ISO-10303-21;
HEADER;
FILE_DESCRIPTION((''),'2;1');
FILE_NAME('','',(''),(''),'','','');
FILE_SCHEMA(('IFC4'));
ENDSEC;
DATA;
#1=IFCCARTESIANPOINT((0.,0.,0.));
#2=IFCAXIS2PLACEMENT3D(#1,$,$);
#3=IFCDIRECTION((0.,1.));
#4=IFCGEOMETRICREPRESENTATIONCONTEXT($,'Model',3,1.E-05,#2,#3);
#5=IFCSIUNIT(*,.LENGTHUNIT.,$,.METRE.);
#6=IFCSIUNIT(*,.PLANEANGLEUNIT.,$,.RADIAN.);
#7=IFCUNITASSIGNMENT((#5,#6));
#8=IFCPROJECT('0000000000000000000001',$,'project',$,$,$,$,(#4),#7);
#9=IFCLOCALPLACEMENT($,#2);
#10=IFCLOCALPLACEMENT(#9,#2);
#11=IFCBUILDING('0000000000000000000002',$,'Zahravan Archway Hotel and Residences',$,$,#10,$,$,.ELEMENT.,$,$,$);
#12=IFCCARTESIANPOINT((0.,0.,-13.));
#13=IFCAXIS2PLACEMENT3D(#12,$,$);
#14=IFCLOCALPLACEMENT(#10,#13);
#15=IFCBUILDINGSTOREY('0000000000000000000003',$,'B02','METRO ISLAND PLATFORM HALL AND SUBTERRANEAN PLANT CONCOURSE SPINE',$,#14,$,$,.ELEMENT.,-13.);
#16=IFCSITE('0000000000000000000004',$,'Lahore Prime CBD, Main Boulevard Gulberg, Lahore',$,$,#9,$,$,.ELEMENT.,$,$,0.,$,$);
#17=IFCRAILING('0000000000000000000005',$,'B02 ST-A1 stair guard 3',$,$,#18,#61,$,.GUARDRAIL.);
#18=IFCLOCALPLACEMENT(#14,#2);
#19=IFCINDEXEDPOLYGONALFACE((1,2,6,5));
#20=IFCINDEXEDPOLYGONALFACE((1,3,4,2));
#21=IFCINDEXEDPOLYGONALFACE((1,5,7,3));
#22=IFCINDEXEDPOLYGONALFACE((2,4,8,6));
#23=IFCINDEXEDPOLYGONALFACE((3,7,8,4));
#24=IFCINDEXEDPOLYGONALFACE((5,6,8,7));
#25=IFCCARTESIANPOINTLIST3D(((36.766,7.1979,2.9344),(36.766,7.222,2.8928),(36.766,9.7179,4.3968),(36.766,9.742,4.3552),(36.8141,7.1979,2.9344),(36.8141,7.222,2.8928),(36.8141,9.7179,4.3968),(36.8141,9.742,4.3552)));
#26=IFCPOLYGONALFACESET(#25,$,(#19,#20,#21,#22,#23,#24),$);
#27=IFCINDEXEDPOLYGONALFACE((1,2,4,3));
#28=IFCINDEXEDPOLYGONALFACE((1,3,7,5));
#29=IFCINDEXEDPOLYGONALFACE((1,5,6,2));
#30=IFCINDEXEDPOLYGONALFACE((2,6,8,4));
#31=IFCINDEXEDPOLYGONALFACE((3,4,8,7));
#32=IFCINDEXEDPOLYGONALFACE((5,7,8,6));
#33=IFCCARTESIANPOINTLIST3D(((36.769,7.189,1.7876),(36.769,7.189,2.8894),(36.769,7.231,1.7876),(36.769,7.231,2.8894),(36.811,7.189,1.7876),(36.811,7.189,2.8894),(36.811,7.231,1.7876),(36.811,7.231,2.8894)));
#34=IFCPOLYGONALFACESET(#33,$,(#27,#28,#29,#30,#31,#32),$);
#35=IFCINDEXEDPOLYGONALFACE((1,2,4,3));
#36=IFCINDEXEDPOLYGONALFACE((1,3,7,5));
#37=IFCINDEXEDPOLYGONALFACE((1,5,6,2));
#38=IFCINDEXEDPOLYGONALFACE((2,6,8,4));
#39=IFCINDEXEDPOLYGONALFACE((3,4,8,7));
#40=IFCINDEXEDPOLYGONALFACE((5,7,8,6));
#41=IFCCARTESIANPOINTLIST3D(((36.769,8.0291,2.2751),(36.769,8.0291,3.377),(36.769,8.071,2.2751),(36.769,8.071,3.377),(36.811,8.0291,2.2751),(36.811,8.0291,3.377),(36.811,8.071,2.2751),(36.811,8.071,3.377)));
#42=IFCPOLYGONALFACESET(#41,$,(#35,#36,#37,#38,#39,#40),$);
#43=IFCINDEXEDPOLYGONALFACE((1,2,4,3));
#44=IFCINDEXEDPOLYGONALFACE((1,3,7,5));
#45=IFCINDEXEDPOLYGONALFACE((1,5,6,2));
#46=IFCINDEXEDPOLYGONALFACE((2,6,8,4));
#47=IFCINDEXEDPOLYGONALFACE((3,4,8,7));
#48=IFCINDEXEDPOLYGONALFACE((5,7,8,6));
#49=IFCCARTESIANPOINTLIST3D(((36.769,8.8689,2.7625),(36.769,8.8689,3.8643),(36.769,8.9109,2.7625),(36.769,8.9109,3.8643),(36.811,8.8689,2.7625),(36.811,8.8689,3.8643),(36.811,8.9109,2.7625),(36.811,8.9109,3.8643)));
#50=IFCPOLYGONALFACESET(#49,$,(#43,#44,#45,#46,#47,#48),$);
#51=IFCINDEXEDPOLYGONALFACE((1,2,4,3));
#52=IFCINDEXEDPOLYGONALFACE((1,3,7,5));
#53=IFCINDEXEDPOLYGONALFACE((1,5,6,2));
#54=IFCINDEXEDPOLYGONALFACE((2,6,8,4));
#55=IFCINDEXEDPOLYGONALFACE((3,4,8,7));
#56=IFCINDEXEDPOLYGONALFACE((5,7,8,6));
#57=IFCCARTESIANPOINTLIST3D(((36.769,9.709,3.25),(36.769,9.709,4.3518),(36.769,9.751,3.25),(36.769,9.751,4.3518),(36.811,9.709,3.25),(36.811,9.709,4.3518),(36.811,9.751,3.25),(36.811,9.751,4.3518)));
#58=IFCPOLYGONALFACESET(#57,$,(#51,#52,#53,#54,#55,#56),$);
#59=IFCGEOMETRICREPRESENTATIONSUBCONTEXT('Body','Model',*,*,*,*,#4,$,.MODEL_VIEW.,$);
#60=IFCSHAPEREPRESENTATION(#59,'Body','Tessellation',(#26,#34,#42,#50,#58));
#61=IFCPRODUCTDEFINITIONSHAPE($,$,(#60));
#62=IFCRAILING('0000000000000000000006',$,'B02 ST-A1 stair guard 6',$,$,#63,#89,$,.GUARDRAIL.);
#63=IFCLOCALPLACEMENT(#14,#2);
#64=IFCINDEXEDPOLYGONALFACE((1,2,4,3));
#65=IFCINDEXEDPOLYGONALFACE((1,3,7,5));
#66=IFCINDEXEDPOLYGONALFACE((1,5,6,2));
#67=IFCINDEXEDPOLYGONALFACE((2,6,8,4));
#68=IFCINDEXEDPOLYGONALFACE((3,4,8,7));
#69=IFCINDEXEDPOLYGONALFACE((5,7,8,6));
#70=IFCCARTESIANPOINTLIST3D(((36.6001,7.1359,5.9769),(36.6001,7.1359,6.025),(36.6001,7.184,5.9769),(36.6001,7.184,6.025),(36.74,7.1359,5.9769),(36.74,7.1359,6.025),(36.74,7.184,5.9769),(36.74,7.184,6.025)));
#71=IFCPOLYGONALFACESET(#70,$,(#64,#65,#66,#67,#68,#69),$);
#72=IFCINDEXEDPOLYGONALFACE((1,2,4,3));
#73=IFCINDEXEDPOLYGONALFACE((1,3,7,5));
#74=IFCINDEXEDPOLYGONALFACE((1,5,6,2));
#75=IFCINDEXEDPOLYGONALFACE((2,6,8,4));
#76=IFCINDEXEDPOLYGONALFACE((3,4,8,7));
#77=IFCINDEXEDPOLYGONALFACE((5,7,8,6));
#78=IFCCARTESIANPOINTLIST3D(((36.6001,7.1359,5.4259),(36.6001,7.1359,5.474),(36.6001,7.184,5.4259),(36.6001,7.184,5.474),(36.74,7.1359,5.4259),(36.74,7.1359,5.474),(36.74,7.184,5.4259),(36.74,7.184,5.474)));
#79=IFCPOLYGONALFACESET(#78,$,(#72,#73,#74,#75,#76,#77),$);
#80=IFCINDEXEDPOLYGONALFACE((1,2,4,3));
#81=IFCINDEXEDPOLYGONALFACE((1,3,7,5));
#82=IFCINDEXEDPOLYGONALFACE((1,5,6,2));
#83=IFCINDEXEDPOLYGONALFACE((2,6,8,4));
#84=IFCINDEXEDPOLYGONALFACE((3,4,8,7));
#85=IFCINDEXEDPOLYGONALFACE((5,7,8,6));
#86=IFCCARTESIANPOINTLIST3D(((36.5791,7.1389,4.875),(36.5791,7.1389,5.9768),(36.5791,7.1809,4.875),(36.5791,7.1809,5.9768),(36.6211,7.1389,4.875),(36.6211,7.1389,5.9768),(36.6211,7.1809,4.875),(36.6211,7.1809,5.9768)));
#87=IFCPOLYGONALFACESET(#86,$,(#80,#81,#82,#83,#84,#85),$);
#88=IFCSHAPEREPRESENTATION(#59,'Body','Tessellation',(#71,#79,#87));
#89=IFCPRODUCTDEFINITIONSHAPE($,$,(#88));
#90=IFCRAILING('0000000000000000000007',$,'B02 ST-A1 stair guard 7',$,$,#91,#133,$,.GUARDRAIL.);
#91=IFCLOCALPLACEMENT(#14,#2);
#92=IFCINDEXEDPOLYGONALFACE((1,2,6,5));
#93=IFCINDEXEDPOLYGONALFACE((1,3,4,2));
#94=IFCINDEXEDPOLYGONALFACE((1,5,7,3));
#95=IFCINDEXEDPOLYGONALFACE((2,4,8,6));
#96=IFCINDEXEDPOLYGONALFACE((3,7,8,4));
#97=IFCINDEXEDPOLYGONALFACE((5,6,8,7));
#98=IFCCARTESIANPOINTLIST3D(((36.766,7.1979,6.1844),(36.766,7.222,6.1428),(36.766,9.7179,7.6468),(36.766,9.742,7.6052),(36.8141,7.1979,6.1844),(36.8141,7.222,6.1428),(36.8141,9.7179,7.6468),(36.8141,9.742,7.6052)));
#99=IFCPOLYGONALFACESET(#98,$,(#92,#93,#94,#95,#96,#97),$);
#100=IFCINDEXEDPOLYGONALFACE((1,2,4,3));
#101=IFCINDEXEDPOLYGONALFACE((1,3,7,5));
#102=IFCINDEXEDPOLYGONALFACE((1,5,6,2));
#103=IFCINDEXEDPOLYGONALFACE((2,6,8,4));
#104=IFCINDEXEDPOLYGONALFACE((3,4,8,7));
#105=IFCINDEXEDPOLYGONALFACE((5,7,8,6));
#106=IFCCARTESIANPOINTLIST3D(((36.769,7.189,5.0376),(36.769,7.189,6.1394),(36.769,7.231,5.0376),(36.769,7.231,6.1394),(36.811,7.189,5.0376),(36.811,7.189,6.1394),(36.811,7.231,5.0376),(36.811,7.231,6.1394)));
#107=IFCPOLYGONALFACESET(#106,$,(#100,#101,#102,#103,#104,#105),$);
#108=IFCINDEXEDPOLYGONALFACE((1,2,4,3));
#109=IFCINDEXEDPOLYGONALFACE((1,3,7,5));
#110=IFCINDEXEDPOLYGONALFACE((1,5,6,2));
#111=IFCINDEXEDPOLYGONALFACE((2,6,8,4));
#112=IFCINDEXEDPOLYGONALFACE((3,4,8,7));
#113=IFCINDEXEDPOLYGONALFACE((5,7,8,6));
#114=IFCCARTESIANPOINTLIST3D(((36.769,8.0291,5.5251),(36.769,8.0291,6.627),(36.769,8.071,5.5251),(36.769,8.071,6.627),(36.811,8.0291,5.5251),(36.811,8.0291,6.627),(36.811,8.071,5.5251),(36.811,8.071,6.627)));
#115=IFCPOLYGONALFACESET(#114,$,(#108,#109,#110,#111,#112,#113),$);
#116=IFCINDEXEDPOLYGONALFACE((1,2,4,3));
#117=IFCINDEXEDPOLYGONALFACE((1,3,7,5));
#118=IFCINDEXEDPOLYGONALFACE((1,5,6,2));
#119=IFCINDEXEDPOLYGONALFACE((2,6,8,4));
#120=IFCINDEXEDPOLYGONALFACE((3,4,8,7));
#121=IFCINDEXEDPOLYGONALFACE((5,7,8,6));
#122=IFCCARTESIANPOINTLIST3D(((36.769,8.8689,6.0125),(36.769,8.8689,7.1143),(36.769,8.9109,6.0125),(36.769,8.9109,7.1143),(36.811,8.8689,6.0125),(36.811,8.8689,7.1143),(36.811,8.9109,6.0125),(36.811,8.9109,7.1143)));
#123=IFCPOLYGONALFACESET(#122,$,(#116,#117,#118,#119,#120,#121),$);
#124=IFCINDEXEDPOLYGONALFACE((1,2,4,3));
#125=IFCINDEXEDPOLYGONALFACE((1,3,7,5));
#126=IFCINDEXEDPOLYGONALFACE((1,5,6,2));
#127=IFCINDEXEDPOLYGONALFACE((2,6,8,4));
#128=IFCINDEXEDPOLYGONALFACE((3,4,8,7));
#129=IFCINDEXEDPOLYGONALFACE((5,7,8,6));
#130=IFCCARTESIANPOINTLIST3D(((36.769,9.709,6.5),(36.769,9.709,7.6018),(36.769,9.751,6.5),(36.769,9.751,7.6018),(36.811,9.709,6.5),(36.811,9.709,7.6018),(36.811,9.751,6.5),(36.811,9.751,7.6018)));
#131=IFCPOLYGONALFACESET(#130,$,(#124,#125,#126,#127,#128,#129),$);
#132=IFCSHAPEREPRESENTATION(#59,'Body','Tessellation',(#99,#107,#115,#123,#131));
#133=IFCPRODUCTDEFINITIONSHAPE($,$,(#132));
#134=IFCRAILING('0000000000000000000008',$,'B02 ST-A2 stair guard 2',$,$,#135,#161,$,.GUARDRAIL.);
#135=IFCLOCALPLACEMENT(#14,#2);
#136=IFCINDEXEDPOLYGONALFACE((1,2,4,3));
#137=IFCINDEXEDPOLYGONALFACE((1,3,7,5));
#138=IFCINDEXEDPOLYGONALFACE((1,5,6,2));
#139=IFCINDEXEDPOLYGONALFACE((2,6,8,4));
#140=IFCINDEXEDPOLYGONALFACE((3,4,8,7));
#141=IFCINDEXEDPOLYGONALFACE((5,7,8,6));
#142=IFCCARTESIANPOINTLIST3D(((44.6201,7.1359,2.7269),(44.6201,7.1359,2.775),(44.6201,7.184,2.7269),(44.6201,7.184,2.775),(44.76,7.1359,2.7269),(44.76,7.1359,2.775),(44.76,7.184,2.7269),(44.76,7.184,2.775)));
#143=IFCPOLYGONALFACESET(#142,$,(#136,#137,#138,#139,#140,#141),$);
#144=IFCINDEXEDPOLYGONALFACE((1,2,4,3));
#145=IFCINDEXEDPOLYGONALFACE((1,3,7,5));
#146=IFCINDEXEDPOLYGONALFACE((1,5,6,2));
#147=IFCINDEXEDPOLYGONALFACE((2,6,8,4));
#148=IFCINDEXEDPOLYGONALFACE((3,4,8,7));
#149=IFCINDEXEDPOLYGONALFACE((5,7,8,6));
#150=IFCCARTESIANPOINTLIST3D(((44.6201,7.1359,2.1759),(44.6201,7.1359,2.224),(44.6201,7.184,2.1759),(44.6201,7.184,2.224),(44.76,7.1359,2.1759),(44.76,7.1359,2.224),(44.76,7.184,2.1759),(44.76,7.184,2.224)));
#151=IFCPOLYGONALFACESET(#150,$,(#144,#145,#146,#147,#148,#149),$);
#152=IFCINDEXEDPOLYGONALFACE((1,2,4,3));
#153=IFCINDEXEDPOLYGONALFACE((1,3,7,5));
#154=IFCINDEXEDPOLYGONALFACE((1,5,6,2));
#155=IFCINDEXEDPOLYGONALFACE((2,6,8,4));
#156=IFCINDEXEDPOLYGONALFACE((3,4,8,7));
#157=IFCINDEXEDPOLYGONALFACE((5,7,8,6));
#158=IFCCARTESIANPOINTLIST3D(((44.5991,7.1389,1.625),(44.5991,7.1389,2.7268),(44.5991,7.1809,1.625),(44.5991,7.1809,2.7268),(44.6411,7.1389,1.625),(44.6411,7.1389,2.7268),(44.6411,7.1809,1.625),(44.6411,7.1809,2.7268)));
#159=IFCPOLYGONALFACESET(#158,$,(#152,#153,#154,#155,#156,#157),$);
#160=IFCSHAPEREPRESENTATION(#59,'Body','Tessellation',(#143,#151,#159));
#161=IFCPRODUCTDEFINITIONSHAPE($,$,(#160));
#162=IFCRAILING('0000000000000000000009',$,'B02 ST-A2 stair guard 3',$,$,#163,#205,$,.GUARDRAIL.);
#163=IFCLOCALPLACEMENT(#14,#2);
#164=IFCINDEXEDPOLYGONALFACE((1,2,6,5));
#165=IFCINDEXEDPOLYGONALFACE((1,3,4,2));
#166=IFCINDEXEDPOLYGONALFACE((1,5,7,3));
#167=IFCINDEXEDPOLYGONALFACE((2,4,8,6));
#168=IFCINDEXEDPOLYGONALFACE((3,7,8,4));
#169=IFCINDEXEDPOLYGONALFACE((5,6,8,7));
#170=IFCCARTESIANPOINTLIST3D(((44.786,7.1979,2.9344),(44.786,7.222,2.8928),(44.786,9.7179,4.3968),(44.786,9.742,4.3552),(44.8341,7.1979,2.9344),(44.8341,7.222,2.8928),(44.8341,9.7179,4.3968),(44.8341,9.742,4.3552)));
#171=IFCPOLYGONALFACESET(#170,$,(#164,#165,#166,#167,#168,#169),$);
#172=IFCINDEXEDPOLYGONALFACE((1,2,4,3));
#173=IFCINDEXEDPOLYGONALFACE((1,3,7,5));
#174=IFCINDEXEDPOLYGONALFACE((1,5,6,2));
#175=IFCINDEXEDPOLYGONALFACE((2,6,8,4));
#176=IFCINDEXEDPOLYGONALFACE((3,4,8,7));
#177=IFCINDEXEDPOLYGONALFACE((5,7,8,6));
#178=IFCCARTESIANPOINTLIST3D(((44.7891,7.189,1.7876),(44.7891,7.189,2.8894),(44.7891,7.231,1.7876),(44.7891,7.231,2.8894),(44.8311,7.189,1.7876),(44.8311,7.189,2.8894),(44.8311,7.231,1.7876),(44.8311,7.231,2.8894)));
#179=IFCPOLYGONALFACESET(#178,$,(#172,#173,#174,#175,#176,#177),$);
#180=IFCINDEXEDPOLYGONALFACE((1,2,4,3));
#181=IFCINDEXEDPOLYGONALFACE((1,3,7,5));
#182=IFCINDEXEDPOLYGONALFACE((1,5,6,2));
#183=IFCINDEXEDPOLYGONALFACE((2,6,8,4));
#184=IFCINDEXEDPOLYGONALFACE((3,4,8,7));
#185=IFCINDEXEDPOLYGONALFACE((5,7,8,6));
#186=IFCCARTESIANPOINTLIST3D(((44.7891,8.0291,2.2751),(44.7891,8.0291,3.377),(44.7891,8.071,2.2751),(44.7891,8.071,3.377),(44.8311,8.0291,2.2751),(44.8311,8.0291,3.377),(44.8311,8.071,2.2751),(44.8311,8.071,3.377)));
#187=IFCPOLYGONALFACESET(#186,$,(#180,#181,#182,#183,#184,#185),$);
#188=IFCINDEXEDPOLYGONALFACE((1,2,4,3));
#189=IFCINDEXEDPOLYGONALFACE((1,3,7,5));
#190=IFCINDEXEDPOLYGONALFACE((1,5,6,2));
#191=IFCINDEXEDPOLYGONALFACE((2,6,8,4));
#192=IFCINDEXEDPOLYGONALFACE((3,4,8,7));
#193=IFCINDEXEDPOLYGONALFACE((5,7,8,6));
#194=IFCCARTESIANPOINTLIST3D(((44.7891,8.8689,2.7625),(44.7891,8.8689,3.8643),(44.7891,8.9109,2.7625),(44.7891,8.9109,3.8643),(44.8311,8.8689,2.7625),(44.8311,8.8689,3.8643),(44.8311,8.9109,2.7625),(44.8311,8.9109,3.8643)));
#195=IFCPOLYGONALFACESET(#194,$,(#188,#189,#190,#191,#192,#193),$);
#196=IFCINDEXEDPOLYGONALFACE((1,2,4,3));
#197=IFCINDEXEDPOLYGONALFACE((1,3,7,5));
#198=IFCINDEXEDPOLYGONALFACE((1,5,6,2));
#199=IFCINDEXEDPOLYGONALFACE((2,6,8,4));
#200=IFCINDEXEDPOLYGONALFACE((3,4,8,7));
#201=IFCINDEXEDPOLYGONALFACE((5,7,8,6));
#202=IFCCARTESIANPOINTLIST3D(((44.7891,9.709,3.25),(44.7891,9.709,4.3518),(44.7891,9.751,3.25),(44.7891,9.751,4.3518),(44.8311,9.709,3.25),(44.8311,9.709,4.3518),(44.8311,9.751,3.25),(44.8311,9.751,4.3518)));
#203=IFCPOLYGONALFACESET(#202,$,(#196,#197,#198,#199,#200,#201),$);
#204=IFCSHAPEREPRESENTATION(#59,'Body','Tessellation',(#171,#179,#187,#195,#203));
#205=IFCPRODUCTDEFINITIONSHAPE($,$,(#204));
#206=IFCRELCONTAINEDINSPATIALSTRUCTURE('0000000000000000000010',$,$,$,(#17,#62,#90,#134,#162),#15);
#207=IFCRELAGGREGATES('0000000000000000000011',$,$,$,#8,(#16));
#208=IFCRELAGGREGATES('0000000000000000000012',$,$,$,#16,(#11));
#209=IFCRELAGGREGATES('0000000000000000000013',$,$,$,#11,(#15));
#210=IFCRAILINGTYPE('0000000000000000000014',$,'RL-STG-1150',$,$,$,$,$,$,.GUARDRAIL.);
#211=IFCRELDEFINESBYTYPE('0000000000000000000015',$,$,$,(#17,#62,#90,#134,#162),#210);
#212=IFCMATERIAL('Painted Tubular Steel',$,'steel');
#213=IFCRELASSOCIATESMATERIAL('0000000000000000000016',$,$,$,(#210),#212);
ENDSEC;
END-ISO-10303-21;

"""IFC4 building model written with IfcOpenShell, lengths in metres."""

from ifc_helpers import new_model, si_unit, direction, frame, origin, origin_2d, place, context, subcontext, project, spatial, rectangle, extrude, material, type_object, element, save


model = new_model("IFC4")

# Units and contexts
model_context = context("Model", 3, precision=1e-05, world=origin(), true_north=direction((0.0, 1.0)))
body_context = subcontext(model_context, "Body", "Model", "MODEL_VIEW")
ifc_project = project(units=[si_unit("LENGTHUNIT", "METRE"), si_unit("PLANEANGLEUNIT", "RADIAN")], contexts=[model_context])

# Site, building, storey
site_placement = place(None, origin())
site = spatial("IfcSite", under=ifc_project, at=site_placement, Name="Lahore Prime CBD, Main Boulevard Gulberg, Lahore", CompositionType="ELEMENT", RefElevation=0.0)
building_placement = place(site_placement, origin())
building = spatial("IfcBuilding", under=site, at=building_placement, Name="Zahravan Archway Hotel and Residences", CompositionType="ELEMENT")
storey_placement = place(building_placement, frame((0.0, 0.0, -13.0)))
storey = spatial("IfcBuildingStorey", under=building, at=storey_placement, Name="B02", Description="METRO ISLAND PLATFORM HALL AND SUBTERRANEAN PLANT CONCOURSE SPINE", CompositionType="ELEMENT", Elevation=-13.0)

# Railings
ifc_material_1 = material(Name="Painted Tubular Steel", Category="steel")
railing_type_1 = type_object("IfcRailingType", Name="RL-STG-1150", PredefinedType="GUARDRAIL", material=ifc_material_1)
railing_1_placement = place(storey_placement, frame((36.79, 7.21, 1.7876)))
element("IfcRailing", 1, at=railing_1_placement, inside=storey, type_object=railing_type_1, Name="B02 ST-A1 stair guard 3", PredefinedType="GUARDRAIL", context=body_context, shape_type="SweptSolid", body=[
    extrude(rectangle(XDim=0.0481, YDim=0.0481, at=origin_2d()), frame((0.0, 0.0, 1.126), z_axis=(0.0, 0.864913, 0.501921), x_axis=(-1.0, 0.0, 0.0)), (0.0, 0.0, 1.0), 2.9136),
    extrude(rectangle(XDim=0.042, YDim=0.042, at=origin_2d()), origin(), (0.0, 0.0, 1.0), 1.1018),
    extrude(rectangle(XDim=0.042, YDim=0.042, at=origin_2d()), frame((0.0, 0.8401, 0.4875)), (0.0, 0.0, 1.0), 1.1018),
    extrude(rectangle(XDim=0.042, YDim=0.042, at=origin_2d()), frame((0.0, 1.6799, 0.9749)), (0.0, 0.0, 1.0), 1.1018),
    extrude(rectangle(XDim=0.042, YDim=0.042, at=origin_2d()), frame((0.0, 2.52, 1.4624)), (0.0, 0.0, 1.0), 1.1018),
])
railing_2_placement = place(storey_placement, frame((36.6001, 7.1599, 4.875)))
element("IfcRailing", 2, at=railing_2_placement, inside=storey, type_object=railing_type_1, Name="B02 ST-A1 stair guard 6", PredefinedType="GUARDRAIL", context=body_context, shape_type="SweptSolid", body=[
    extrude(rectangle(XDim=0.0481, YDim=0.0481, at=origin_2d()), frame((0.0, 0.0, 1.126), z_axis=(1.0, 0.0, 0.0), x_axis=(0.0, 1.0, 0.0)), (0.0, 0.0, 1.0), 0.1399),
    extrude(rectangle(XDim=0.0481, YDim=0.0481, at=origin_2d()), frame((0.0, 0.0, 0.575), z_axis=(1.0, 0.0, 0.0), x_axis=(0.0, 1.0, 0.0)), (0.0, 0.0, 1.0), 0.1399),
    extrude(rectangle(XDim=0.042, YDim=0.042, at=origin_2d()), origin(), (0.0, 0.0, 1.0), 1.1018),
])
railing_3_placement = place(storey_placement, frame((36.79, 7.21, 5.0376)))
element("IfcRailing", 3, at=railing_3_placement, inside=storey, type_object=railing_type_1, Name="B02 ST-A1 stair guard 7", PredefinedType="GUARDRAIL", context=body_context, shape_type="SweptSolid", body=[
    extrude(rectangle(XDim=0.0481, YDim=0.0481, at=origin_2d()), frame((0.0, 0.0, 1.126), z_axis=(0.0, 0.864913, 0.501921), x_axis=(-1.0, 0.0, 0.0)), (0.0, 0.0, 1.0), 2.9136),
    extrude(rectangle(XDim=0.042, YDim=0.042, at=origin_2d()), origin(), (0.0, 0.0, 1.0), 1.1018),
    extrude(rectangle(XDim=0.042, YDim=0.042, at=origin_2d()), frame((0.0, 0.8401, 0.4875)), (0.0, 0.0, 1.0), 1.1018),
    extrude(rectangle(XDim=0.042, YDim=0.042, at=origin_2d()), frame((0.0, 1.6799, 0.9749)), (0.0, 0.0, 1.0), 1.1018),
    extrude(rectangle(XDim=0.042, YDim=0.042, at=origin_2d()), frame((0.0, 2.52, 1.4624)), (0.0, 0.0, 1.0), 1.1018),
])
railing_4_placement = place(storey_placement, frame((44.6201, 7.1599, 1.625)))
element("IfcRailing", 4, at=railing_4_placement, inside=storey, type_object=railing_type_1, Name="B02 ST-A2 stair guard 2", PredefinedType="GUARDRAIL", context=body_context, shape_type="SweptSolid", body=[
    extrude(rectangle(XDim=0.0481, YDim=0.0481, at=origin_2d()), frame((0.0, 0.0, 1.126), z_axis=(1.0, 0.0, 0.0), x_axis=(0.0, 1.0, 0.0)), (0.0, 0.0, 1.0), 0.1399),
    extrude(rectangle(XDim=0.0481, YDim=0.0481, at=origin_2d()), frame((0.0, 0.0, 0.575), z_axis=(1.0, 0.0, 0.0), x_axis=(0.0, 1.0, 0.0)), (0.0, 0.0, 1.0), 0.1399),
    extrude(rectangle(XDim=0.042, YDim=0.042, at=origin_2d()), origin(), (0.0, 0.0, 1.0), 1.1018),
])
railing_5_placement = place(storey_placement, frame((44.8101, 7.21, 1.7876)))
element("IfcRailing", 5, at=railing_5_placement, inside=storey, type_object=railing_type_1, Name="B02 ST-A2 stair guard 3", PredefinedType="GUARDRAIL", context=body_context, shape_type="SweptSolid", body=[
    extrude(rectangle(XDim=0.0481, YDim=0.0481, at=origin_2d()), frame((0.0, 0.0, 1.126), z_axis=(0.0, 0.864913, 0.501921), x_axis=(-1.0, 0.0, 0.0)), (0.0, 0.0, 1.0), 2.9136),
    extrude(rectangle(XDim=0.042, YDim=0.042, at=origin_2d()), origin(), (0.0, 0.0, 1.0), 1.1018),
    extrude(rectangle(XDim=0.042, YDim=0.042, at=origin_2d()), frame((0.0, 0.8401, 0.4875)), (0.0, 0.0, 1.0), 1.1018),
    extrude(rectangle(XDim=0.042, YDim=0.042, at=origin_2d()), frame((0.0, 1.6799, 0.9749)), (0.0, 0.0, 1.0), 1.1018),
    extrude(rectangle(XDim=0.042, YDim=0.042, at=origin_2d()), frame((0.0, 2.52, 1.4624)), (0.0, 0.0, 1.0), 1.1018),
])

save(model, "model.ifc")
